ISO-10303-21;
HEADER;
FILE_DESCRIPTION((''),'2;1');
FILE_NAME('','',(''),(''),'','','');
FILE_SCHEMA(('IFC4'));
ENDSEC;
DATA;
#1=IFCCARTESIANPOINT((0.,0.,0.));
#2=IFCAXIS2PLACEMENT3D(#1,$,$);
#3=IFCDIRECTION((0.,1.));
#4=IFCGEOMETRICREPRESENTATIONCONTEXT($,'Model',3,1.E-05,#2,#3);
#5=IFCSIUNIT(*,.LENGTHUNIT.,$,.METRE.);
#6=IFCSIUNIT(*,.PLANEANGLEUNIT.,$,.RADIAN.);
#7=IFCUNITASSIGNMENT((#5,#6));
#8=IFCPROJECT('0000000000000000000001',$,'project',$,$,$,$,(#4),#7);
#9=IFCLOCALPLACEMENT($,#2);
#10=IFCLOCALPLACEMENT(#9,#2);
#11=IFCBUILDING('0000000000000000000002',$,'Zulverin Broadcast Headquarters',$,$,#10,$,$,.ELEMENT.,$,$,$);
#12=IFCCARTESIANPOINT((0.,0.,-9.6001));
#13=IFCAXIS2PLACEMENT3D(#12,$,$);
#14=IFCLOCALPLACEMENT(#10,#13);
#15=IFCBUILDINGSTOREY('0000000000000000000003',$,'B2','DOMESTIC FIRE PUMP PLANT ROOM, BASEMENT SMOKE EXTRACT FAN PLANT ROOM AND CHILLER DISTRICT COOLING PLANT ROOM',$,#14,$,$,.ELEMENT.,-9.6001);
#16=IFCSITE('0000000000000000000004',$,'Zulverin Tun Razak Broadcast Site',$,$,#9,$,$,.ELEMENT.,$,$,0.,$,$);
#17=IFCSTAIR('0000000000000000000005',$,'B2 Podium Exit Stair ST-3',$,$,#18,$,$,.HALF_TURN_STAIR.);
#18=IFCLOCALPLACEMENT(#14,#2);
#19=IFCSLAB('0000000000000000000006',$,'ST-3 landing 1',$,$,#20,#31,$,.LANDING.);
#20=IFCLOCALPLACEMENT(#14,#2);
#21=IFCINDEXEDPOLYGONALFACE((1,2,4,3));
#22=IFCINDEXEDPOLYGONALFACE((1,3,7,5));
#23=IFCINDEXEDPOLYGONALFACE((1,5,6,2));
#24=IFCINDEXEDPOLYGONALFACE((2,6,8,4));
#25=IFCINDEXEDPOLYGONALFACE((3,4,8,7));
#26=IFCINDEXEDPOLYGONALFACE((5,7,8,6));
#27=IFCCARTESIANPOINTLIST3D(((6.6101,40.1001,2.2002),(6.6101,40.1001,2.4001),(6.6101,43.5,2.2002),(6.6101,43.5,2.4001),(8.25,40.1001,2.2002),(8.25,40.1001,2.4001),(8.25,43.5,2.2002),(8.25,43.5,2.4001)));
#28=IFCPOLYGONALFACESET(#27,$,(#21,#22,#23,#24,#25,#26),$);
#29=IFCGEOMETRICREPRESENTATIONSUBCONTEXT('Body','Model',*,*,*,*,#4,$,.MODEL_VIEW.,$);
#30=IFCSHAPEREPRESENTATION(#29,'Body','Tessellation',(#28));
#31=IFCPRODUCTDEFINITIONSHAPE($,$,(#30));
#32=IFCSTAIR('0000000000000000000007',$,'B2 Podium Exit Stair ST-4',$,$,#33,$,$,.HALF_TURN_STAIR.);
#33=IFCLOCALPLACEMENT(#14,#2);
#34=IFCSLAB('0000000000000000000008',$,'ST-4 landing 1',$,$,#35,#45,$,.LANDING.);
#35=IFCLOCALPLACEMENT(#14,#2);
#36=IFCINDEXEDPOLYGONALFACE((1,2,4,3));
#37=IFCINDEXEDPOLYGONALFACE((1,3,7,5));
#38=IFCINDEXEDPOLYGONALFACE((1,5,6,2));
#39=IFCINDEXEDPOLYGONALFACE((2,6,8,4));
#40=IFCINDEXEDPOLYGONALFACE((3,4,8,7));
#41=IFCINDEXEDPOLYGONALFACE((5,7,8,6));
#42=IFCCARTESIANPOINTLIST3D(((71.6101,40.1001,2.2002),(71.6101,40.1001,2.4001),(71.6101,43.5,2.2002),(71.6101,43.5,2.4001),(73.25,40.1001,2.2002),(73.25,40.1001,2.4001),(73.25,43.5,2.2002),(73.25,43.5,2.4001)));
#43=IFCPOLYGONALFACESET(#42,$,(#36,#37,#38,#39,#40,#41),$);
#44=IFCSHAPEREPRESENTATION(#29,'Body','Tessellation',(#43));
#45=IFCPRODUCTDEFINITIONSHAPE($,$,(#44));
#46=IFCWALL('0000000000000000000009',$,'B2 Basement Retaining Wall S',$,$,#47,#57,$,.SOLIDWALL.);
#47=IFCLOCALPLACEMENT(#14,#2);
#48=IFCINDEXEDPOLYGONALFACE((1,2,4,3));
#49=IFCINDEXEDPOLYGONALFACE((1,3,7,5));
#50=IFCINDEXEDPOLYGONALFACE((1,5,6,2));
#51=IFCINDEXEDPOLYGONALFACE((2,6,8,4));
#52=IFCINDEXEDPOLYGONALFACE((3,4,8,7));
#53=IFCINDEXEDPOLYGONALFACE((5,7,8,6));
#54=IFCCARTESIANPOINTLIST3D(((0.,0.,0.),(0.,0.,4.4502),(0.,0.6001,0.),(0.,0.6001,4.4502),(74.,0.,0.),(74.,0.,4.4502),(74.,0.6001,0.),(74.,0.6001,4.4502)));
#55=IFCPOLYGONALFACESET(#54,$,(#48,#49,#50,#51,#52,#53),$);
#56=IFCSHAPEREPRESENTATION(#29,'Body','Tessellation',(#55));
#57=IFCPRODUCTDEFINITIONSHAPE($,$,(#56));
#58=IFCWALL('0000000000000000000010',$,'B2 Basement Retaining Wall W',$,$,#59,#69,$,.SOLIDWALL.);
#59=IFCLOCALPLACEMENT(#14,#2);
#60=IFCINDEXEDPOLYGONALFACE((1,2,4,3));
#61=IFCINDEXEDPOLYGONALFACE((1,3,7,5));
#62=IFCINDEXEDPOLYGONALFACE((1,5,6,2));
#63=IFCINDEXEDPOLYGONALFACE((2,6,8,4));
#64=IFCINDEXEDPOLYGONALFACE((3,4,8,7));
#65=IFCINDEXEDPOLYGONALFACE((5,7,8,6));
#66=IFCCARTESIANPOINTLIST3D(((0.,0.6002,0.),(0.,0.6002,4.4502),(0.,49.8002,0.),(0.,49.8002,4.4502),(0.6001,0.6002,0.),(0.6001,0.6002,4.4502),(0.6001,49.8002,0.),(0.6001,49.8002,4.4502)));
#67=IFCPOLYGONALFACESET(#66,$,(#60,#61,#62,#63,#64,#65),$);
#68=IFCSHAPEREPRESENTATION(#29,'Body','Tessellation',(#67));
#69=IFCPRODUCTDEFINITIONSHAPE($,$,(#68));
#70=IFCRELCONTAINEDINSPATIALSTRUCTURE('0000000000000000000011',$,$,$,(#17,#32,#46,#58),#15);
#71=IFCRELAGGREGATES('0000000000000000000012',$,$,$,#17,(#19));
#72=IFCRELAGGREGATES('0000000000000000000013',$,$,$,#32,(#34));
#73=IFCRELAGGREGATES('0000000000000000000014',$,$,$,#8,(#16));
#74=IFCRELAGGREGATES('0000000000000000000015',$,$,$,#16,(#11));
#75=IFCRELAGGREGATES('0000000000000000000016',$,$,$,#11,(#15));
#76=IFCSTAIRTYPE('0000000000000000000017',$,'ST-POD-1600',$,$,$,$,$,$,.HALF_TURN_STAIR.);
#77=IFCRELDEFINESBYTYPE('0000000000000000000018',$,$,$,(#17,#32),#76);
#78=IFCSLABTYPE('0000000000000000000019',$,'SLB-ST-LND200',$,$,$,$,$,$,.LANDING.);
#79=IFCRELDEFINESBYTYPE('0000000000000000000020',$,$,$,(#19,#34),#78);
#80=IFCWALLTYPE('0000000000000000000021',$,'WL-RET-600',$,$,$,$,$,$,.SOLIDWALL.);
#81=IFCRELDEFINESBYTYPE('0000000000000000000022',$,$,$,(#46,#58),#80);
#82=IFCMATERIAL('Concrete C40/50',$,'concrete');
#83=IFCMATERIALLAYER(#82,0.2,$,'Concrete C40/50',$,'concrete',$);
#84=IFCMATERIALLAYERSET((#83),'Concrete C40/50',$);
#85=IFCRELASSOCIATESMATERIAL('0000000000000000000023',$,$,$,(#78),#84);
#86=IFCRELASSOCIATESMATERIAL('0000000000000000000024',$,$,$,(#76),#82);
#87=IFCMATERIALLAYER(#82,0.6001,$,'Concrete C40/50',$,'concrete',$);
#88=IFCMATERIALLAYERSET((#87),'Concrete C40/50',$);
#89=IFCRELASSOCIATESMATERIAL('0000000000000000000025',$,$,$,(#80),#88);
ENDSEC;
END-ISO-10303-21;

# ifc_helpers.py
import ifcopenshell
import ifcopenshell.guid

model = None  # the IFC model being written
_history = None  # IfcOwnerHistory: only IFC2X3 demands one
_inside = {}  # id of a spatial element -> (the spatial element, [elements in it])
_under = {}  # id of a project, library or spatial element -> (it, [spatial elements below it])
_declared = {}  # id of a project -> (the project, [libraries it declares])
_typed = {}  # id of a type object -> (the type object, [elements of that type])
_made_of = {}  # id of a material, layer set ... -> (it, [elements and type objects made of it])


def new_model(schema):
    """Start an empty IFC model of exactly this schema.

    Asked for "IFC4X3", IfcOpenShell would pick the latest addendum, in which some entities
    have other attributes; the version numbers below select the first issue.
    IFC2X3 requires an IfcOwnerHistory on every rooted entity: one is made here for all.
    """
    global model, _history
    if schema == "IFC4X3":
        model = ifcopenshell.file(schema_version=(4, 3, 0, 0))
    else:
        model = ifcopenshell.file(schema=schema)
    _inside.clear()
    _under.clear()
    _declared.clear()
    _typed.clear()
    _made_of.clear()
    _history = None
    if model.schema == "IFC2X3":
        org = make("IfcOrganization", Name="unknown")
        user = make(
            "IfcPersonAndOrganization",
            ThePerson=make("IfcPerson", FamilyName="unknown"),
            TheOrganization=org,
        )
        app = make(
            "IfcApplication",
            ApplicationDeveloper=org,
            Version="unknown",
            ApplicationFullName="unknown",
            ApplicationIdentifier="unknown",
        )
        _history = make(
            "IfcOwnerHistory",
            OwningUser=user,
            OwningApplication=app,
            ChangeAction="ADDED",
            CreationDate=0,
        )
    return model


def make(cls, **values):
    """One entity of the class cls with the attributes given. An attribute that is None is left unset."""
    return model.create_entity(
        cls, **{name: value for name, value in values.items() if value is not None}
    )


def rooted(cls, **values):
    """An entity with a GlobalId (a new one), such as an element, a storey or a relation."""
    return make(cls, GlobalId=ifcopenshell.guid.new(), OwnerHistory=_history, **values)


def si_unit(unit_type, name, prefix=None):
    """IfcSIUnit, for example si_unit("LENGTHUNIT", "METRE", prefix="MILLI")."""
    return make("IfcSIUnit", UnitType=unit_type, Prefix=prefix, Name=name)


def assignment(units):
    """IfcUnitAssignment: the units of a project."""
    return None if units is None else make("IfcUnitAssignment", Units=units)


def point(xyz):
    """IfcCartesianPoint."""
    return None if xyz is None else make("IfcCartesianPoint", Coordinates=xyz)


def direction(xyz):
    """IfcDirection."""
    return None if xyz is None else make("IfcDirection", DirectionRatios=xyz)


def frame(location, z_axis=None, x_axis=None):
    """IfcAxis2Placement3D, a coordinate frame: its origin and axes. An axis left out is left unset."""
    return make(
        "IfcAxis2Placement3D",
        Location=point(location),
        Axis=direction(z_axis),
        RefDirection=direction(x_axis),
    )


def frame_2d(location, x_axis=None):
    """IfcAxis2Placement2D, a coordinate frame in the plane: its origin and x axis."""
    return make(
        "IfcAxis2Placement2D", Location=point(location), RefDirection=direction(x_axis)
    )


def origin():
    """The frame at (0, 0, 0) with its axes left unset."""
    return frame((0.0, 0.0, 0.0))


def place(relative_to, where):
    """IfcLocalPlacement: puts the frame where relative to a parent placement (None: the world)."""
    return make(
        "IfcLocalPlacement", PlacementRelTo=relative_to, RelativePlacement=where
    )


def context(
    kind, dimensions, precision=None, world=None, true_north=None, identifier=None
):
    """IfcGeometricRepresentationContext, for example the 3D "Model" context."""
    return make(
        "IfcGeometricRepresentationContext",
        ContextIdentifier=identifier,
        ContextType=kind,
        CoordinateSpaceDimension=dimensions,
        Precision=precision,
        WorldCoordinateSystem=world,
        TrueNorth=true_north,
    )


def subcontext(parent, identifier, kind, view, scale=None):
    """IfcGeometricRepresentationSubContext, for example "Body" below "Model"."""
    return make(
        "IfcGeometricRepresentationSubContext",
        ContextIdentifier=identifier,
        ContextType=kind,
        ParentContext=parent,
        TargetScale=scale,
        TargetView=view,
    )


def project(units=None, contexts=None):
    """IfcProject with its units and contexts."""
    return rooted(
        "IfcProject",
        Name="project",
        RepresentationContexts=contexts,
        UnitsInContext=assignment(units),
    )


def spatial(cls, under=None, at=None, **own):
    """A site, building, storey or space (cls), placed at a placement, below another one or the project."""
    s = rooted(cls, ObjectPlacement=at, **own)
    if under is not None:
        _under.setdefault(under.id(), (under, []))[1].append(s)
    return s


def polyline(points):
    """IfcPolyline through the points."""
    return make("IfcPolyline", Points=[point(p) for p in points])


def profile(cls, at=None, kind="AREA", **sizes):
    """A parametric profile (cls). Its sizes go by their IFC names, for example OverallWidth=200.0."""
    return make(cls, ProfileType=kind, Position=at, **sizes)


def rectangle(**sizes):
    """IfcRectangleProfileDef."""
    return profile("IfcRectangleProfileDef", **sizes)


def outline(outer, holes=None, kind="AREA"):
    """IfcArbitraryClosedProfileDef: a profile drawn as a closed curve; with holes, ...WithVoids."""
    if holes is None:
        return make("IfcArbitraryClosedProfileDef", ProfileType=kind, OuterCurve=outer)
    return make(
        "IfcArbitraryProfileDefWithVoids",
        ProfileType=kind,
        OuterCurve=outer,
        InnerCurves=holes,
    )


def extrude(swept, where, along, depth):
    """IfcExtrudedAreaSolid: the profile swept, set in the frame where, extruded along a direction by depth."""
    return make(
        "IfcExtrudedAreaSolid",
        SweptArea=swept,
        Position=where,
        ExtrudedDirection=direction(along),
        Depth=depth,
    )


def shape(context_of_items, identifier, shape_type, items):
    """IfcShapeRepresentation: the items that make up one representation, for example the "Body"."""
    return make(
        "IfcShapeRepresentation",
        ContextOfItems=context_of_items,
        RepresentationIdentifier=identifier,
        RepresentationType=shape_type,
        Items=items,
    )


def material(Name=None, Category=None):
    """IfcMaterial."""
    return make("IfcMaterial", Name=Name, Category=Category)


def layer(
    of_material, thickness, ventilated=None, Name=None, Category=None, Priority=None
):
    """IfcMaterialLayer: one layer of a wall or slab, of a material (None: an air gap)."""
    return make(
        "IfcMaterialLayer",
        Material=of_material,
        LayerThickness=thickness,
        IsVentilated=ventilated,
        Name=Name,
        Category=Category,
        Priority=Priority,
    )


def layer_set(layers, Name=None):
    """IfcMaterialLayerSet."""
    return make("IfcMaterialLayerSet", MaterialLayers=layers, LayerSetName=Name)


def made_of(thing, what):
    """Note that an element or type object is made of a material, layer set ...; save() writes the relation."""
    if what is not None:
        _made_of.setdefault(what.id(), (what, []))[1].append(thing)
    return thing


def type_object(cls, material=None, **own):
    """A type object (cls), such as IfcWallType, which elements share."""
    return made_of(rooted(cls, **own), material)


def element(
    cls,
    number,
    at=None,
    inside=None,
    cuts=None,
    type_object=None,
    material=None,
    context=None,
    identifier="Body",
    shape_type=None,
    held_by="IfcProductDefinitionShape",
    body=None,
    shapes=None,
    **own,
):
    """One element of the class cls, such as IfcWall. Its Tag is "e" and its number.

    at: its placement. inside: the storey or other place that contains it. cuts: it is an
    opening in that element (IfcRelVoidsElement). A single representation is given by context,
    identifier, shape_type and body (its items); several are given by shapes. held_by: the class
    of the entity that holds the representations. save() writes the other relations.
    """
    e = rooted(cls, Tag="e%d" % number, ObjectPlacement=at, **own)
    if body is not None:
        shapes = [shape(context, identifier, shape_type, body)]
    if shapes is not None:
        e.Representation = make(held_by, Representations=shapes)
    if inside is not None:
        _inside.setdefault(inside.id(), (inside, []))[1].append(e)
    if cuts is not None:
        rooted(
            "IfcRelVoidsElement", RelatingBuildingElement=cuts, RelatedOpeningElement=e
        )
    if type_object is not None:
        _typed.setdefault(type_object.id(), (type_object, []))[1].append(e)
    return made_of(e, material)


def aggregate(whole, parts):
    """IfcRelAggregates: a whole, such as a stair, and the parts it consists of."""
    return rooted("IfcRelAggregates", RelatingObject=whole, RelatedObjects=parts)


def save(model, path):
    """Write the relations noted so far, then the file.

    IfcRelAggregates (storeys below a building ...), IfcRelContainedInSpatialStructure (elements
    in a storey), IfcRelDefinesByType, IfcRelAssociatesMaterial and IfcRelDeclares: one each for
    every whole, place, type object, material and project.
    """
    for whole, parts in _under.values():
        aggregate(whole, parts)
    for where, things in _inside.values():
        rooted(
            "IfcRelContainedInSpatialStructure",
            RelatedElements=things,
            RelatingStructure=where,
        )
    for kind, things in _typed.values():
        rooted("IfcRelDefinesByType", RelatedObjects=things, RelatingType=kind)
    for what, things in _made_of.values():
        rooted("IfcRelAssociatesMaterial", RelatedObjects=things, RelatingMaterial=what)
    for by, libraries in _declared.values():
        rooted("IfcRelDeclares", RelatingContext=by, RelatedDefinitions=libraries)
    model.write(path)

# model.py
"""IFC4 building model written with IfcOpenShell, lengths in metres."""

from ifc_helpers import new_model, si_unit, direction, frame, frame_2d, origin, place, context, subcontext, project, spatial, polyline, rectangle, outline, extrude, material, layer, layer_set, type_object, element, aggregate, save


model = new_model("IFC4")

# Units and contexts
model_context = context("Model", 3, precision=1e-05, world=origin(), true_north=direction((0.0, 1.0)))
body_context = subcontext(model_context, "Body", "Model", "MODEL_VIEW")
ifc_project = project(units=[si_unit("LENGTHUNIT", "METRE"), si_unit("PLANEANGLEUNIT", "RADIAN")], contexts=[model_context])

# Site, building, storey
site_placement = place(None, origin())
site = spatial("IfcSite", under=ifc_project, at=site_placement, Name="Zulverin Tun Razak Broadcast Site", CompositionType="ELEMENT", RefElevation=0.0)
building_placement = place(site_placement, origin())
building = spatial("IfcBuilding", under=site, at=building_placement, Name="Zulverin Broadcast Headquarters", CompositionType="ELEMENT")
storey_placement = place(building_placement, frame((0.0, 0.0, -9.6001)))
storey = spatial("IfcBuildingStorey", under=building, at=storey_placement, Name="B2", Description="DOMESTIC FIRE PUMP PLANT ROOM, BASEMENT SMOKE EXTRACT FAN PLANT ROOM AND CHILLER DISTRICT COOLING PLANT ROOM", CompositionType="ELEMENT", Elevation=-9.6001)

# Shared definitions
ifc_material_1 = material(Name="Concrete C40/50", Category="concrete")

# Stairs, slabs
ifc_layer_1 = layer(ifc_material_1, 0.2, Name="Concrete C40/50", Category="concrete")
ifc_layer_set_1 = layer_set([ifc_layer_1], Name="Concrete C40/50")
slab_type_1 = type_object("IfcSlabType", Name="SLB-ST-LND200", PredefinedType="LANDING", material=ifc_layer_set_1)
stair_type_1 = type_object("IfcStairType", Name="ST-POD-1600", PredefinedType="HALF_TURN_STAIR", material=ifc_material_1)
stair_1_placement = place(storey_placement, origin())
stair_1 = element("IfcStair", 1, at=stair_1_placement, inside=storey, type_object=stair_type_1, Name="B2 Podium Exit Stair ST-3", PredefinedType="HALF_TURN_STAIR")
slab_1_placement = place(storey_placement, frame((0.0, 0.0, 2.2002)))
slab_1 = element("IfcSlab", 2, at=slab_1_placement, type_object=slab_type_1, Name="ST-3 landing 1", PredefinedType="LANDING", context=body_context, shape_type="SweptSolid", body=[
    extrude(outline(polyline([(6.6101, 40.1001), (8.25, 40.1001), (8.25, 43.5), (6.6101, 43.5), (6.6101, 40.1001)])), origin(), (0.0, 0.0, 1.0), 0.2),
])
aggregate(stair_1, [slab_1])
stair_2_placement = place(storey_placement, origin())
stair_2 = element("IfcStair", 3, at=stair_2_placement, inside=storey, type_object=stair_type_1, Name="B2 Podium Exit Stair ST-4", PredefinedType="HALF_TURN_STAIR")
slab_2_placement = place(storey_placement, frame((0.0, 0.0, 2.2002)))
slab_2 = element("IfcSlab", 4, at=slab_2_placement, type_object=slab_type_1, Name="ST-4 landing 1", PredefinedType="LANDING", context=body_context, shape_type="SweptSolid", body=[
    extrude(outline(polyline([(71.6101, 40.1001), (73.25, 40.1001), (73.25, 43.5), (71.6101, 43.5), (71.6101, 40.1001)])), origin(), (0.0, 0.0, 1.0), 0.2),
])
aggregate(stair_2, [slab_2])

# Walls
ifc_layer_2 = layer(ifc_material_1, 0.6001, Name="Concrete C40/50", Category="concrete")
ifc_layer_set_2 = layer_set([ifc_layer_2], Name="Concrete C40/50")
wall_type = type_object("IfcWallType", Name="WL-RET-600", PredefinedType="SOLIDWALL", material=ifc_layer_set_2)
wall_1_placement = place(storey_placement, frame((0.0, 0.3, 0.0), z_axis=(0.0, 0.0, 1.0), x_axis=(1.0, 0.0, 0.0)))
element("IfcWall", 5, at=wall_1_placement, inside=storey, type_object=wall_type, Name="B2 Basement Retaining Wall S", PredefinedType="SOLIDWALL", context=body_context, shape_type="SweptSolid", body=[
    extrude(rectangle(XDim=74.0, YDim=0.6001, at=frame_2d((37.0, 0.0))), origin(), (0.0, 0.0, 1.0), 4.4502),
])
wall_2_placement = place(storey_placement, frame((0.3, 0.6001, 0.0), z_axis=(0.0, 0.0, 1.0), x_axis=(0.0, 1.0, 0.0)))
element("IfcWall", 6, at=wall_2_placement, inside=storey, type_object=wall_type, Name="B2 Basement Retaining Wall W", PredefinedType="SOLIDWALL", context=body_context, shape_type="SweptSolid", body=[
    extrude(rectangle(XDim=49.2, YDim=0.6001, at=frame_2d((24.6001, 0.0))), origin(), (0.0, 0.0, 1.0), 4.4502),
])

save(model, "model.ifc")
